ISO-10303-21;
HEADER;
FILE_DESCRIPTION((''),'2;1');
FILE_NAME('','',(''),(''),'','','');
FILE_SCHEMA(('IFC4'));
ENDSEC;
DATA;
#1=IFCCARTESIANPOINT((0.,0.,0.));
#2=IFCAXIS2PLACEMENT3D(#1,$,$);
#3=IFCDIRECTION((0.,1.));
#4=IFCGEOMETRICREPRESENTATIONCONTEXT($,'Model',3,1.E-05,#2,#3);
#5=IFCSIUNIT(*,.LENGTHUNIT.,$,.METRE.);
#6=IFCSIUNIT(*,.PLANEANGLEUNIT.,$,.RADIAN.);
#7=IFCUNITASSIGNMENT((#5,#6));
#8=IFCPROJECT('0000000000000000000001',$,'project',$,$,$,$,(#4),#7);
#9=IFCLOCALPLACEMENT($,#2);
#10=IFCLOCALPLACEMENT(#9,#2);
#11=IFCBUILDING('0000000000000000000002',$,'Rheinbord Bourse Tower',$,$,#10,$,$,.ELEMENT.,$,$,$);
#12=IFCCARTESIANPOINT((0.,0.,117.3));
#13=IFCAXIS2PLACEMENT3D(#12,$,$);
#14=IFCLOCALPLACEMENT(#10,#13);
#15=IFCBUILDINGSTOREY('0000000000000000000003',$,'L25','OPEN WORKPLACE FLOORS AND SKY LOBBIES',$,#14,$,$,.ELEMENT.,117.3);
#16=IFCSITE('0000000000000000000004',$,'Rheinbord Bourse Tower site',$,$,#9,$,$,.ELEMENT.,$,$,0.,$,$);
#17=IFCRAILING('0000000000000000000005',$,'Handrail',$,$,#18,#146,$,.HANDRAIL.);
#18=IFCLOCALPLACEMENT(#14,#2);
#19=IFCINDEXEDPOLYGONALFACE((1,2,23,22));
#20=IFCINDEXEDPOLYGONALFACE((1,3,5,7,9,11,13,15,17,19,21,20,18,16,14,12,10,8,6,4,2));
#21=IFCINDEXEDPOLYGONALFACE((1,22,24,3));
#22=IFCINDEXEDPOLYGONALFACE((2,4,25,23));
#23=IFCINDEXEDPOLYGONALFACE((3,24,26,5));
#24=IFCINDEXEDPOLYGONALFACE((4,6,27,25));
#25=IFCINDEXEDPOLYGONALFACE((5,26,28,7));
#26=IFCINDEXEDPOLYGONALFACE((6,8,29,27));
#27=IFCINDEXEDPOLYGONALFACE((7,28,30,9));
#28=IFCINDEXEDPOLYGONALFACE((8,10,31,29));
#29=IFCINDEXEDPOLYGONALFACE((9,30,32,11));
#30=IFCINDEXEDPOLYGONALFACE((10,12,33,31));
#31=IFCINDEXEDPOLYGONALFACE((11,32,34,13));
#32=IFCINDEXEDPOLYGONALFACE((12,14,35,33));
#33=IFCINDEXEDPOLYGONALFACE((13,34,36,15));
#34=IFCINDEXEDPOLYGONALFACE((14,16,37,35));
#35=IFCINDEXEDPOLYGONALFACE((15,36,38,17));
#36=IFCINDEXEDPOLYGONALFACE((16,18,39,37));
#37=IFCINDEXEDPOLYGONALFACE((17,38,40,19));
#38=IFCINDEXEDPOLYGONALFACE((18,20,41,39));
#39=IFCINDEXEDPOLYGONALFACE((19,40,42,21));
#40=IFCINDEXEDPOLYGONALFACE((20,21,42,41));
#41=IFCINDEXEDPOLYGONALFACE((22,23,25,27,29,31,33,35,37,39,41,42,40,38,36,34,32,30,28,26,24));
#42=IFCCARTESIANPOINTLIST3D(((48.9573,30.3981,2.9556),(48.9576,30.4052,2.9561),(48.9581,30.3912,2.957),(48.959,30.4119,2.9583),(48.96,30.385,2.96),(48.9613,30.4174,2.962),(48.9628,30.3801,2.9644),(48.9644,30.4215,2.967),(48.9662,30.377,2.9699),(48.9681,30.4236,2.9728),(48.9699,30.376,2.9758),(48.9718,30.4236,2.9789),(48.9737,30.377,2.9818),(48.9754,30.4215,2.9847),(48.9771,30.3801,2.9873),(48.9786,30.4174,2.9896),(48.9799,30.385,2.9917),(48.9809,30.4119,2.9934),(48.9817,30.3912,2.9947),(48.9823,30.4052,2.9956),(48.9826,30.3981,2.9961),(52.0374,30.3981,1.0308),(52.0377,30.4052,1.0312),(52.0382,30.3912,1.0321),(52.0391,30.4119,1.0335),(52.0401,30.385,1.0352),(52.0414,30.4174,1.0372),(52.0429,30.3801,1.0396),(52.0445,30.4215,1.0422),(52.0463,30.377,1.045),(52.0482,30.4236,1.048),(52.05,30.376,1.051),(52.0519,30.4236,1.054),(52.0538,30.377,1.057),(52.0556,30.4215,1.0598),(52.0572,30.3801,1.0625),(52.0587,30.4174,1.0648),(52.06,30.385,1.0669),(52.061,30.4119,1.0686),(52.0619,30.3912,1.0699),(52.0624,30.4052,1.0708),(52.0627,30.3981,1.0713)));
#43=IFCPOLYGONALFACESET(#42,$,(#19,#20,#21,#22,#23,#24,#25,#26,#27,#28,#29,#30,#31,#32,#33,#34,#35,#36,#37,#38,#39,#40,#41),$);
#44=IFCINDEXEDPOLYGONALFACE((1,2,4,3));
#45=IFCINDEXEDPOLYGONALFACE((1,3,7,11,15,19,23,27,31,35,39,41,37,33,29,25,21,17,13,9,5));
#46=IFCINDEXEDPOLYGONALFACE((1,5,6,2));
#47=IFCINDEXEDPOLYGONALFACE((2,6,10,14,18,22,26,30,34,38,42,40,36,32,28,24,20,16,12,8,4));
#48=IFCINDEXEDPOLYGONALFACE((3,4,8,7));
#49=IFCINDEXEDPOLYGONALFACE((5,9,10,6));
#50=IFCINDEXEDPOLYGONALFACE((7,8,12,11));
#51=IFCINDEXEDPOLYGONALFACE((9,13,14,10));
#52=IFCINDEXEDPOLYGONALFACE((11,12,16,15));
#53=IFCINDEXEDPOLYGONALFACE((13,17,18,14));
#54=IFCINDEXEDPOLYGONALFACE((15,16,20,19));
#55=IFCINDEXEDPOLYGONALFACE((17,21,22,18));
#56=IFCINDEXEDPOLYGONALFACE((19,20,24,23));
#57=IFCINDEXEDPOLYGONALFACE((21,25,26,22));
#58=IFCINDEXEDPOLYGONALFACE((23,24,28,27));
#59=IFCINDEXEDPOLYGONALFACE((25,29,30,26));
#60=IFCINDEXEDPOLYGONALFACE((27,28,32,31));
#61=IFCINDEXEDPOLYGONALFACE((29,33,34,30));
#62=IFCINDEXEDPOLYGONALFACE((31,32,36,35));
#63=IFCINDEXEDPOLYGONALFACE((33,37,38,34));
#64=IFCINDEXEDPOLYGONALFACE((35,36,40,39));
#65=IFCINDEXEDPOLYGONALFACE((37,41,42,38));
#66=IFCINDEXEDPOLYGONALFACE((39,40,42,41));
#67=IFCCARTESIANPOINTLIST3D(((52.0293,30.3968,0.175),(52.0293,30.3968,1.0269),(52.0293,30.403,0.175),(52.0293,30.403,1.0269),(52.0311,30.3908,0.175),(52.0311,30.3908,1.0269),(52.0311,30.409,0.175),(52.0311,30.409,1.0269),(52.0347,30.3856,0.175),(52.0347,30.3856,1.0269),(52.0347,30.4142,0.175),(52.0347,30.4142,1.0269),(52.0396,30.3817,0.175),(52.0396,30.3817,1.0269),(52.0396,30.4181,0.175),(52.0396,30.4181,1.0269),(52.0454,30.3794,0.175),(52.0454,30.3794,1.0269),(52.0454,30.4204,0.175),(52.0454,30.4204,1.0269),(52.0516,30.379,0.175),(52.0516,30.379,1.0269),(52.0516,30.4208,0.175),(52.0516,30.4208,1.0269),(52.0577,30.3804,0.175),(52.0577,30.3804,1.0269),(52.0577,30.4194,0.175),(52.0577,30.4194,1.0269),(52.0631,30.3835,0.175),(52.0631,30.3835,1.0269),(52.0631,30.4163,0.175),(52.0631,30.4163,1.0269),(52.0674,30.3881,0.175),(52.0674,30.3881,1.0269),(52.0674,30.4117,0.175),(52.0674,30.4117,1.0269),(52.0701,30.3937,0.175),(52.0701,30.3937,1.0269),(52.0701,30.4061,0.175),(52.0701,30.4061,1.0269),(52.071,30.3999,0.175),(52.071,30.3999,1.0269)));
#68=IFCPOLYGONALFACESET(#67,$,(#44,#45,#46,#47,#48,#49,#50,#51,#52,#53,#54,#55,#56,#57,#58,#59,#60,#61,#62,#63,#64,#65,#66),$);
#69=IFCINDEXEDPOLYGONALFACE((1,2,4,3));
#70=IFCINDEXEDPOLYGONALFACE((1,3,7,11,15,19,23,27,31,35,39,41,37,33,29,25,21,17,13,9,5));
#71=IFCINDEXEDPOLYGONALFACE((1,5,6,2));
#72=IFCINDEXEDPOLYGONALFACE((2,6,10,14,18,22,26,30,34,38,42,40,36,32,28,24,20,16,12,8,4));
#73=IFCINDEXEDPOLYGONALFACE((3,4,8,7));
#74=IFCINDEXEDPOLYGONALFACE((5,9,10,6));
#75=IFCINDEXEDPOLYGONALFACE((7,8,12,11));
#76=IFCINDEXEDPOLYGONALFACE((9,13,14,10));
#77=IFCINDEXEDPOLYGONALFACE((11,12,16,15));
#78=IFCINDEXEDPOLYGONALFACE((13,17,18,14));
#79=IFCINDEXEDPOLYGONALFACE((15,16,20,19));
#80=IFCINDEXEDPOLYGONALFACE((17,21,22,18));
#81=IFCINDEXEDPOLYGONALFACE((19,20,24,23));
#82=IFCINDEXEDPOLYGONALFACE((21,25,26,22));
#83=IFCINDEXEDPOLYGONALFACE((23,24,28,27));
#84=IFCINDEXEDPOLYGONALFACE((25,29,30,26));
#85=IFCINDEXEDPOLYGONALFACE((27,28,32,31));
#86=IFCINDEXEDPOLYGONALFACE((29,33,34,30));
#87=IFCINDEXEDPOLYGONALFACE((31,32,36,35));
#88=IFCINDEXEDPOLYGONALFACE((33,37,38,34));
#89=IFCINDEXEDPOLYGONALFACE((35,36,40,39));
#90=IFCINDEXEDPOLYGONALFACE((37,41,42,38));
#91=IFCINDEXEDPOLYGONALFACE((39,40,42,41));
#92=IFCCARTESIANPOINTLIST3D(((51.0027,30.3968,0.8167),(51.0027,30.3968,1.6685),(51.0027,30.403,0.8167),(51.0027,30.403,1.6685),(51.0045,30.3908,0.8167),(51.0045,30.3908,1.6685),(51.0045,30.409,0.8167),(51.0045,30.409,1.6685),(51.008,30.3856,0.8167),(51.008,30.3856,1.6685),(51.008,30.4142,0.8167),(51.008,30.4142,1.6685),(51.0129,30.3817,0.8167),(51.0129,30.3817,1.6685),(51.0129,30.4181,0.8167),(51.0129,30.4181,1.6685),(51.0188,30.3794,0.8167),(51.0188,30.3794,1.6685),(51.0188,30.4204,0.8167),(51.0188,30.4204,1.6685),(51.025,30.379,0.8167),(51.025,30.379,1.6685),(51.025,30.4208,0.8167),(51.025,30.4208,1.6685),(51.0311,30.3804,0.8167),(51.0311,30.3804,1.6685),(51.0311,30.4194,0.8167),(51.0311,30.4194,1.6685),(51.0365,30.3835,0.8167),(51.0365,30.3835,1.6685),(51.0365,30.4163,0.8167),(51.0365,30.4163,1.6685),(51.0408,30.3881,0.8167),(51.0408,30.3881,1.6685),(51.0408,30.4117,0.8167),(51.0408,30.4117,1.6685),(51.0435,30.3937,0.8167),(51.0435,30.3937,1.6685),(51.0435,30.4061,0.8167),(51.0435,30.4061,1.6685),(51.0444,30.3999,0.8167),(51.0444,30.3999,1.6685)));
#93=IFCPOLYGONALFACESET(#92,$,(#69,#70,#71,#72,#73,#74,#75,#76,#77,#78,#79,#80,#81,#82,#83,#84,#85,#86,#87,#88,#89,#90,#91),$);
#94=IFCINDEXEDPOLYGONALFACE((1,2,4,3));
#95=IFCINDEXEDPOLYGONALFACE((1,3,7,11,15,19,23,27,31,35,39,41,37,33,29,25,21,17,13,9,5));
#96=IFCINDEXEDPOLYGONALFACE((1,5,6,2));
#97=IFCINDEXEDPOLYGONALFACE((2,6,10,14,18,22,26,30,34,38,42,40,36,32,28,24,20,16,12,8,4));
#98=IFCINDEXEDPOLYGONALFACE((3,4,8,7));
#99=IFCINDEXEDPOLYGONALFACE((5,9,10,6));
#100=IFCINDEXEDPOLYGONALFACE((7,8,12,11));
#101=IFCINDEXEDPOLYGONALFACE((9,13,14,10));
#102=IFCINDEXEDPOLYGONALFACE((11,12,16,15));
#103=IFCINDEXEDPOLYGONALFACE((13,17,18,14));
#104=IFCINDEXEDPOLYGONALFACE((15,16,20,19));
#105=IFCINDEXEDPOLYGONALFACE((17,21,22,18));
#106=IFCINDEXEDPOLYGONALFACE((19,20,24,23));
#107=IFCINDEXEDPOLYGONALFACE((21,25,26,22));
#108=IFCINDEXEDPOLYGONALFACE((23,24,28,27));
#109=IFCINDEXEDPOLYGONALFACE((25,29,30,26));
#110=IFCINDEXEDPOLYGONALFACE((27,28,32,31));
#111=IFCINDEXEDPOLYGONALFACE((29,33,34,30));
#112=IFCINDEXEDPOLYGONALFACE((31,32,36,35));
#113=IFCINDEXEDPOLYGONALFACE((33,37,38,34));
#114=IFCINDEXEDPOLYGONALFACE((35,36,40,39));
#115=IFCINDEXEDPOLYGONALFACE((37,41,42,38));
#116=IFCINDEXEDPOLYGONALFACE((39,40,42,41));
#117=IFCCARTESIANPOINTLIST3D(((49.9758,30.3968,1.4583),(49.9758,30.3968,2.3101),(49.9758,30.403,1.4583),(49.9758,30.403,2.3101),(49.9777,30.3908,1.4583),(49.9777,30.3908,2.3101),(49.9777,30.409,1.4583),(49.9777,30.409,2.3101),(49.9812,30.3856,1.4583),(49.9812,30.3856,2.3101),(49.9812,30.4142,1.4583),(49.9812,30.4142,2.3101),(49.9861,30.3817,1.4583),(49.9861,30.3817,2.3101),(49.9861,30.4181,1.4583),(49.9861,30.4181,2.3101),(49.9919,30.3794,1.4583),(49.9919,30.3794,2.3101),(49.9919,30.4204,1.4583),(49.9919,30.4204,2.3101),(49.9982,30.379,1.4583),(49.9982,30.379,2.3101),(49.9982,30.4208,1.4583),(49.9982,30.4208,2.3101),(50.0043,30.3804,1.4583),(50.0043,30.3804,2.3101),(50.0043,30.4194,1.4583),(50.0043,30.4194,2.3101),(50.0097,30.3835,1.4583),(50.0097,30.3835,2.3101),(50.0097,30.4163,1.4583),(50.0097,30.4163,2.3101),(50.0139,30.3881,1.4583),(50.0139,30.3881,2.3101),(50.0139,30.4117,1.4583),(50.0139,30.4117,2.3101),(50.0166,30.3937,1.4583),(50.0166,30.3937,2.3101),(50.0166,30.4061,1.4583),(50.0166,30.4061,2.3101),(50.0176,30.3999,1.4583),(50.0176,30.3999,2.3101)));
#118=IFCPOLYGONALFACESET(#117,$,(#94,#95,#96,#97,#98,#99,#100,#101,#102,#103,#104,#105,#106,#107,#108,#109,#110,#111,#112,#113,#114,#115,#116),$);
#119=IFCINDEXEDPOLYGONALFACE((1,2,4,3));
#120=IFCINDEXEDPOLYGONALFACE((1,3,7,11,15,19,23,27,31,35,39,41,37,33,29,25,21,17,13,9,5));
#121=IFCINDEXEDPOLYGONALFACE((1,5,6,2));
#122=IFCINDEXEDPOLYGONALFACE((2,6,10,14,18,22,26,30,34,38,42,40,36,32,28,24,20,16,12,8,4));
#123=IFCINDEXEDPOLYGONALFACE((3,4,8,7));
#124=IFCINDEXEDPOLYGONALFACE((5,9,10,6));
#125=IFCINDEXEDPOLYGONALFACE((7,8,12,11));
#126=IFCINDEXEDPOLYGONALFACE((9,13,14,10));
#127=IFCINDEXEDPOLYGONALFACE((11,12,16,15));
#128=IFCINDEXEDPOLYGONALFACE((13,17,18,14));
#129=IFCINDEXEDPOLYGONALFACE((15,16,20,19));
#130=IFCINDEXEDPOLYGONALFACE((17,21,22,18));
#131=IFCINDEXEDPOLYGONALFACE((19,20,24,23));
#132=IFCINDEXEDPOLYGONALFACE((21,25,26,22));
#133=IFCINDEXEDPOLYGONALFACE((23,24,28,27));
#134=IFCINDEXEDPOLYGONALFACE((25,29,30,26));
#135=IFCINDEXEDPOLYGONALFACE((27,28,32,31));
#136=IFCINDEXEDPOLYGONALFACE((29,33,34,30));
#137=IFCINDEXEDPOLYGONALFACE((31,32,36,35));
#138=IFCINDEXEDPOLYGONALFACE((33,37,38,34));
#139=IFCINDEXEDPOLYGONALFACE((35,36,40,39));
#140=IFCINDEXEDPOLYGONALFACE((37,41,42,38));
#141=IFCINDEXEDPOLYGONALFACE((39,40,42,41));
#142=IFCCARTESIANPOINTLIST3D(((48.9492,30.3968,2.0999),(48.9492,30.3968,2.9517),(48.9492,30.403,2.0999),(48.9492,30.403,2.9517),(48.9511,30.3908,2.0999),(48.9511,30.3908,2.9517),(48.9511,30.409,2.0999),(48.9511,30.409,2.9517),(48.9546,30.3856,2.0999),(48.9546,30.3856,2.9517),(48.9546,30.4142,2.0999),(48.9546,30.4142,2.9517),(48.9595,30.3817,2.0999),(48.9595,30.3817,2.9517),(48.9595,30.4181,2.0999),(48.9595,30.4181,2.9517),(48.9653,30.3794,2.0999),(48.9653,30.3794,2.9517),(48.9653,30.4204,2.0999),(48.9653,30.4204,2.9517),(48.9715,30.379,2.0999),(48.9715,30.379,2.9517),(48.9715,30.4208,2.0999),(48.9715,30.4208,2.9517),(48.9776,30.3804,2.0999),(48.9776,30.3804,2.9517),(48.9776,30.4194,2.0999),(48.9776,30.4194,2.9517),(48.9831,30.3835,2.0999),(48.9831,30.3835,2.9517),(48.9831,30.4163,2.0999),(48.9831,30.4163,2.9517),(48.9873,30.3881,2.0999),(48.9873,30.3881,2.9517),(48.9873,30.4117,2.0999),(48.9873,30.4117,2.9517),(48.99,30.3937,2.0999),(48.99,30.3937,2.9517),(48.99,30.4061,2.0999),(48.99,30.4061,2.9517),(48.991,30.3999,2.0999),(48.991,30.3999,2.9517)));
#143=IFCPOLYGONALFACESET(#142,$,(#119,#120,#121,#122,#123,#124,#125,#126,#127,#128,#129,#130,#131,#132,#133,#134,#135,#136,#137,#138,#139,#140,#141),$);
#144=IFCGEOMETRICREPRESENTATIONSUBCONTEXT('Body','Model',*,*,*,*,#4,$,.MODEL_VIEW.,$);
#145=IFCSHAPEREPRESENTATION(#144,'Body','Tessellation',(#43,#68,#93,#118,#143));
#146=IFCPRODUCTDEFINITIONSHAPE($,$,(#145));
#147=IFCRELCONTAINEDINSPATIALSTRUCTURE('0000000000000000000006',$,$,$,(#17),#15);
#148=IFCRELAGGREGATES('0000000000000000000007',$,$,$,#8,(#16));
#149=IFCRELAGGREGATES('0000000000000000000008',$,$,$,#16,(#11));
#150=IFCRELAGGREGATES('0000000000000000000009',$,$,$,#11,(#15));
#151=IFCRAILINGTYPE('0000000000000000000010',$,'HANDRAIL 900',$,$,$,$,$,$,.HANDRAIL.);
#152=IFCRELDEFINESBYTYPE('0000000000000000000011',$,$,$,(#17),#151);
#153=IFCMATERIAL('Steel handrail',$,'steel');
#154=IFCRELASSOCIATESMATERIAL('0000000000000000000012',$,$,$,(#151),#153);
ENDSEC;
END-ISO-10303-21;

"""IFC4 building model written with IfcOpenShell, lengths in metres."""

from ifc_helpers import new_model, si_unit, direction, frame, origin, origin_2d, place, context, subcontext, project, spatial, circle, extrude, material, type_object, element, save


model = new_model("IFC4")

# Units and contexts
model_context = context("Model", 3, precision=1e-05, world=origin(), true_north=direction((0.0, 1.0)))
body_context = subcontext(model_context, "Body", "Model", "MODEL_VIEW")
ifc_project = project(units=[si_unit("LENGTHUNIT", "METRE"), si_unit("PLANEANGLEUNIT", "RADIAN")], contexts=[model_context])

# Site, building, storey
site_placement = place(None, origin())
site = spatial("IfcSite", under=ifc_project, at=site_placement, Name="Rheinbord Bourse Tower site", CompositionType="ELEMENT", RefElevation=0.0)
building_placement = place(site_placement, origin())
building = spatial("IfcBuilding", under=site, at=building_placement, Name="Rheinbord Bourse Tower", CompositionType="ELEMENT")
storey_placement = place(building_placement, frame((0.0, 0.0, 117.3)))
storey = spatial("IfcBuildingStorey", under=building, at=storey_placement, Name="L25", Description="OPEN WORKPLACE FLOORS AND SKY LOBBIES", CompositionType="ELEMENT", Elevation=117.3)

# Railing
ifc_material_1 = material(Name="Steel handrail", Category="steel")
railing_type = type_object("IfcRailingType", Name="HANDRAIL 900", PredefinedType="HANDRAIL", material=ifc_material_1)
railing_1_placement = place(storey_placement, frame((52.05, 30.3999, 0.175)))
element("IfcRailing", 1, at=railing_1_placement, inside=storey, type_object=railing_type, Name="Handrail", PredefinedType="HANDRAIL", context=body_context, shape_type="SweptSolid", body=[
    extrude(circle(Radius=0.0239, at=origin_2d()), frame((0.0, 0.0, 0.876), z_axis=(-0.848029, 0.0, 0.529951), x_axis=(0.0, -1.0, 0.0)), (0.0, 0.0, 1.0), 3.6321),
    extrude(circle(Radius=0.021, at=origin_2d()), origin(), (0.0, 0.0, 1.0), 0.8518),
    extrude(circle(Radius=0.021, at=origin_2d()), frame((-1.0266, 0.0, 0.6416)), (0.0, 0.0, 1.0), 0.8518),
    extrude(circle(Radius=0.021, at=origin_2d()), frame((-2.0535, 0.0, 1.2832)), (0.0, 0.0, 1.0), 0.8518),
    extrude(circle(Radius=0.021, at=origin_2d()), frame((-3.0801, 0.0, 1.9248)), (0.0, 0.0, 1.0), 0.8518),
])

save(model, "model.ifc")
